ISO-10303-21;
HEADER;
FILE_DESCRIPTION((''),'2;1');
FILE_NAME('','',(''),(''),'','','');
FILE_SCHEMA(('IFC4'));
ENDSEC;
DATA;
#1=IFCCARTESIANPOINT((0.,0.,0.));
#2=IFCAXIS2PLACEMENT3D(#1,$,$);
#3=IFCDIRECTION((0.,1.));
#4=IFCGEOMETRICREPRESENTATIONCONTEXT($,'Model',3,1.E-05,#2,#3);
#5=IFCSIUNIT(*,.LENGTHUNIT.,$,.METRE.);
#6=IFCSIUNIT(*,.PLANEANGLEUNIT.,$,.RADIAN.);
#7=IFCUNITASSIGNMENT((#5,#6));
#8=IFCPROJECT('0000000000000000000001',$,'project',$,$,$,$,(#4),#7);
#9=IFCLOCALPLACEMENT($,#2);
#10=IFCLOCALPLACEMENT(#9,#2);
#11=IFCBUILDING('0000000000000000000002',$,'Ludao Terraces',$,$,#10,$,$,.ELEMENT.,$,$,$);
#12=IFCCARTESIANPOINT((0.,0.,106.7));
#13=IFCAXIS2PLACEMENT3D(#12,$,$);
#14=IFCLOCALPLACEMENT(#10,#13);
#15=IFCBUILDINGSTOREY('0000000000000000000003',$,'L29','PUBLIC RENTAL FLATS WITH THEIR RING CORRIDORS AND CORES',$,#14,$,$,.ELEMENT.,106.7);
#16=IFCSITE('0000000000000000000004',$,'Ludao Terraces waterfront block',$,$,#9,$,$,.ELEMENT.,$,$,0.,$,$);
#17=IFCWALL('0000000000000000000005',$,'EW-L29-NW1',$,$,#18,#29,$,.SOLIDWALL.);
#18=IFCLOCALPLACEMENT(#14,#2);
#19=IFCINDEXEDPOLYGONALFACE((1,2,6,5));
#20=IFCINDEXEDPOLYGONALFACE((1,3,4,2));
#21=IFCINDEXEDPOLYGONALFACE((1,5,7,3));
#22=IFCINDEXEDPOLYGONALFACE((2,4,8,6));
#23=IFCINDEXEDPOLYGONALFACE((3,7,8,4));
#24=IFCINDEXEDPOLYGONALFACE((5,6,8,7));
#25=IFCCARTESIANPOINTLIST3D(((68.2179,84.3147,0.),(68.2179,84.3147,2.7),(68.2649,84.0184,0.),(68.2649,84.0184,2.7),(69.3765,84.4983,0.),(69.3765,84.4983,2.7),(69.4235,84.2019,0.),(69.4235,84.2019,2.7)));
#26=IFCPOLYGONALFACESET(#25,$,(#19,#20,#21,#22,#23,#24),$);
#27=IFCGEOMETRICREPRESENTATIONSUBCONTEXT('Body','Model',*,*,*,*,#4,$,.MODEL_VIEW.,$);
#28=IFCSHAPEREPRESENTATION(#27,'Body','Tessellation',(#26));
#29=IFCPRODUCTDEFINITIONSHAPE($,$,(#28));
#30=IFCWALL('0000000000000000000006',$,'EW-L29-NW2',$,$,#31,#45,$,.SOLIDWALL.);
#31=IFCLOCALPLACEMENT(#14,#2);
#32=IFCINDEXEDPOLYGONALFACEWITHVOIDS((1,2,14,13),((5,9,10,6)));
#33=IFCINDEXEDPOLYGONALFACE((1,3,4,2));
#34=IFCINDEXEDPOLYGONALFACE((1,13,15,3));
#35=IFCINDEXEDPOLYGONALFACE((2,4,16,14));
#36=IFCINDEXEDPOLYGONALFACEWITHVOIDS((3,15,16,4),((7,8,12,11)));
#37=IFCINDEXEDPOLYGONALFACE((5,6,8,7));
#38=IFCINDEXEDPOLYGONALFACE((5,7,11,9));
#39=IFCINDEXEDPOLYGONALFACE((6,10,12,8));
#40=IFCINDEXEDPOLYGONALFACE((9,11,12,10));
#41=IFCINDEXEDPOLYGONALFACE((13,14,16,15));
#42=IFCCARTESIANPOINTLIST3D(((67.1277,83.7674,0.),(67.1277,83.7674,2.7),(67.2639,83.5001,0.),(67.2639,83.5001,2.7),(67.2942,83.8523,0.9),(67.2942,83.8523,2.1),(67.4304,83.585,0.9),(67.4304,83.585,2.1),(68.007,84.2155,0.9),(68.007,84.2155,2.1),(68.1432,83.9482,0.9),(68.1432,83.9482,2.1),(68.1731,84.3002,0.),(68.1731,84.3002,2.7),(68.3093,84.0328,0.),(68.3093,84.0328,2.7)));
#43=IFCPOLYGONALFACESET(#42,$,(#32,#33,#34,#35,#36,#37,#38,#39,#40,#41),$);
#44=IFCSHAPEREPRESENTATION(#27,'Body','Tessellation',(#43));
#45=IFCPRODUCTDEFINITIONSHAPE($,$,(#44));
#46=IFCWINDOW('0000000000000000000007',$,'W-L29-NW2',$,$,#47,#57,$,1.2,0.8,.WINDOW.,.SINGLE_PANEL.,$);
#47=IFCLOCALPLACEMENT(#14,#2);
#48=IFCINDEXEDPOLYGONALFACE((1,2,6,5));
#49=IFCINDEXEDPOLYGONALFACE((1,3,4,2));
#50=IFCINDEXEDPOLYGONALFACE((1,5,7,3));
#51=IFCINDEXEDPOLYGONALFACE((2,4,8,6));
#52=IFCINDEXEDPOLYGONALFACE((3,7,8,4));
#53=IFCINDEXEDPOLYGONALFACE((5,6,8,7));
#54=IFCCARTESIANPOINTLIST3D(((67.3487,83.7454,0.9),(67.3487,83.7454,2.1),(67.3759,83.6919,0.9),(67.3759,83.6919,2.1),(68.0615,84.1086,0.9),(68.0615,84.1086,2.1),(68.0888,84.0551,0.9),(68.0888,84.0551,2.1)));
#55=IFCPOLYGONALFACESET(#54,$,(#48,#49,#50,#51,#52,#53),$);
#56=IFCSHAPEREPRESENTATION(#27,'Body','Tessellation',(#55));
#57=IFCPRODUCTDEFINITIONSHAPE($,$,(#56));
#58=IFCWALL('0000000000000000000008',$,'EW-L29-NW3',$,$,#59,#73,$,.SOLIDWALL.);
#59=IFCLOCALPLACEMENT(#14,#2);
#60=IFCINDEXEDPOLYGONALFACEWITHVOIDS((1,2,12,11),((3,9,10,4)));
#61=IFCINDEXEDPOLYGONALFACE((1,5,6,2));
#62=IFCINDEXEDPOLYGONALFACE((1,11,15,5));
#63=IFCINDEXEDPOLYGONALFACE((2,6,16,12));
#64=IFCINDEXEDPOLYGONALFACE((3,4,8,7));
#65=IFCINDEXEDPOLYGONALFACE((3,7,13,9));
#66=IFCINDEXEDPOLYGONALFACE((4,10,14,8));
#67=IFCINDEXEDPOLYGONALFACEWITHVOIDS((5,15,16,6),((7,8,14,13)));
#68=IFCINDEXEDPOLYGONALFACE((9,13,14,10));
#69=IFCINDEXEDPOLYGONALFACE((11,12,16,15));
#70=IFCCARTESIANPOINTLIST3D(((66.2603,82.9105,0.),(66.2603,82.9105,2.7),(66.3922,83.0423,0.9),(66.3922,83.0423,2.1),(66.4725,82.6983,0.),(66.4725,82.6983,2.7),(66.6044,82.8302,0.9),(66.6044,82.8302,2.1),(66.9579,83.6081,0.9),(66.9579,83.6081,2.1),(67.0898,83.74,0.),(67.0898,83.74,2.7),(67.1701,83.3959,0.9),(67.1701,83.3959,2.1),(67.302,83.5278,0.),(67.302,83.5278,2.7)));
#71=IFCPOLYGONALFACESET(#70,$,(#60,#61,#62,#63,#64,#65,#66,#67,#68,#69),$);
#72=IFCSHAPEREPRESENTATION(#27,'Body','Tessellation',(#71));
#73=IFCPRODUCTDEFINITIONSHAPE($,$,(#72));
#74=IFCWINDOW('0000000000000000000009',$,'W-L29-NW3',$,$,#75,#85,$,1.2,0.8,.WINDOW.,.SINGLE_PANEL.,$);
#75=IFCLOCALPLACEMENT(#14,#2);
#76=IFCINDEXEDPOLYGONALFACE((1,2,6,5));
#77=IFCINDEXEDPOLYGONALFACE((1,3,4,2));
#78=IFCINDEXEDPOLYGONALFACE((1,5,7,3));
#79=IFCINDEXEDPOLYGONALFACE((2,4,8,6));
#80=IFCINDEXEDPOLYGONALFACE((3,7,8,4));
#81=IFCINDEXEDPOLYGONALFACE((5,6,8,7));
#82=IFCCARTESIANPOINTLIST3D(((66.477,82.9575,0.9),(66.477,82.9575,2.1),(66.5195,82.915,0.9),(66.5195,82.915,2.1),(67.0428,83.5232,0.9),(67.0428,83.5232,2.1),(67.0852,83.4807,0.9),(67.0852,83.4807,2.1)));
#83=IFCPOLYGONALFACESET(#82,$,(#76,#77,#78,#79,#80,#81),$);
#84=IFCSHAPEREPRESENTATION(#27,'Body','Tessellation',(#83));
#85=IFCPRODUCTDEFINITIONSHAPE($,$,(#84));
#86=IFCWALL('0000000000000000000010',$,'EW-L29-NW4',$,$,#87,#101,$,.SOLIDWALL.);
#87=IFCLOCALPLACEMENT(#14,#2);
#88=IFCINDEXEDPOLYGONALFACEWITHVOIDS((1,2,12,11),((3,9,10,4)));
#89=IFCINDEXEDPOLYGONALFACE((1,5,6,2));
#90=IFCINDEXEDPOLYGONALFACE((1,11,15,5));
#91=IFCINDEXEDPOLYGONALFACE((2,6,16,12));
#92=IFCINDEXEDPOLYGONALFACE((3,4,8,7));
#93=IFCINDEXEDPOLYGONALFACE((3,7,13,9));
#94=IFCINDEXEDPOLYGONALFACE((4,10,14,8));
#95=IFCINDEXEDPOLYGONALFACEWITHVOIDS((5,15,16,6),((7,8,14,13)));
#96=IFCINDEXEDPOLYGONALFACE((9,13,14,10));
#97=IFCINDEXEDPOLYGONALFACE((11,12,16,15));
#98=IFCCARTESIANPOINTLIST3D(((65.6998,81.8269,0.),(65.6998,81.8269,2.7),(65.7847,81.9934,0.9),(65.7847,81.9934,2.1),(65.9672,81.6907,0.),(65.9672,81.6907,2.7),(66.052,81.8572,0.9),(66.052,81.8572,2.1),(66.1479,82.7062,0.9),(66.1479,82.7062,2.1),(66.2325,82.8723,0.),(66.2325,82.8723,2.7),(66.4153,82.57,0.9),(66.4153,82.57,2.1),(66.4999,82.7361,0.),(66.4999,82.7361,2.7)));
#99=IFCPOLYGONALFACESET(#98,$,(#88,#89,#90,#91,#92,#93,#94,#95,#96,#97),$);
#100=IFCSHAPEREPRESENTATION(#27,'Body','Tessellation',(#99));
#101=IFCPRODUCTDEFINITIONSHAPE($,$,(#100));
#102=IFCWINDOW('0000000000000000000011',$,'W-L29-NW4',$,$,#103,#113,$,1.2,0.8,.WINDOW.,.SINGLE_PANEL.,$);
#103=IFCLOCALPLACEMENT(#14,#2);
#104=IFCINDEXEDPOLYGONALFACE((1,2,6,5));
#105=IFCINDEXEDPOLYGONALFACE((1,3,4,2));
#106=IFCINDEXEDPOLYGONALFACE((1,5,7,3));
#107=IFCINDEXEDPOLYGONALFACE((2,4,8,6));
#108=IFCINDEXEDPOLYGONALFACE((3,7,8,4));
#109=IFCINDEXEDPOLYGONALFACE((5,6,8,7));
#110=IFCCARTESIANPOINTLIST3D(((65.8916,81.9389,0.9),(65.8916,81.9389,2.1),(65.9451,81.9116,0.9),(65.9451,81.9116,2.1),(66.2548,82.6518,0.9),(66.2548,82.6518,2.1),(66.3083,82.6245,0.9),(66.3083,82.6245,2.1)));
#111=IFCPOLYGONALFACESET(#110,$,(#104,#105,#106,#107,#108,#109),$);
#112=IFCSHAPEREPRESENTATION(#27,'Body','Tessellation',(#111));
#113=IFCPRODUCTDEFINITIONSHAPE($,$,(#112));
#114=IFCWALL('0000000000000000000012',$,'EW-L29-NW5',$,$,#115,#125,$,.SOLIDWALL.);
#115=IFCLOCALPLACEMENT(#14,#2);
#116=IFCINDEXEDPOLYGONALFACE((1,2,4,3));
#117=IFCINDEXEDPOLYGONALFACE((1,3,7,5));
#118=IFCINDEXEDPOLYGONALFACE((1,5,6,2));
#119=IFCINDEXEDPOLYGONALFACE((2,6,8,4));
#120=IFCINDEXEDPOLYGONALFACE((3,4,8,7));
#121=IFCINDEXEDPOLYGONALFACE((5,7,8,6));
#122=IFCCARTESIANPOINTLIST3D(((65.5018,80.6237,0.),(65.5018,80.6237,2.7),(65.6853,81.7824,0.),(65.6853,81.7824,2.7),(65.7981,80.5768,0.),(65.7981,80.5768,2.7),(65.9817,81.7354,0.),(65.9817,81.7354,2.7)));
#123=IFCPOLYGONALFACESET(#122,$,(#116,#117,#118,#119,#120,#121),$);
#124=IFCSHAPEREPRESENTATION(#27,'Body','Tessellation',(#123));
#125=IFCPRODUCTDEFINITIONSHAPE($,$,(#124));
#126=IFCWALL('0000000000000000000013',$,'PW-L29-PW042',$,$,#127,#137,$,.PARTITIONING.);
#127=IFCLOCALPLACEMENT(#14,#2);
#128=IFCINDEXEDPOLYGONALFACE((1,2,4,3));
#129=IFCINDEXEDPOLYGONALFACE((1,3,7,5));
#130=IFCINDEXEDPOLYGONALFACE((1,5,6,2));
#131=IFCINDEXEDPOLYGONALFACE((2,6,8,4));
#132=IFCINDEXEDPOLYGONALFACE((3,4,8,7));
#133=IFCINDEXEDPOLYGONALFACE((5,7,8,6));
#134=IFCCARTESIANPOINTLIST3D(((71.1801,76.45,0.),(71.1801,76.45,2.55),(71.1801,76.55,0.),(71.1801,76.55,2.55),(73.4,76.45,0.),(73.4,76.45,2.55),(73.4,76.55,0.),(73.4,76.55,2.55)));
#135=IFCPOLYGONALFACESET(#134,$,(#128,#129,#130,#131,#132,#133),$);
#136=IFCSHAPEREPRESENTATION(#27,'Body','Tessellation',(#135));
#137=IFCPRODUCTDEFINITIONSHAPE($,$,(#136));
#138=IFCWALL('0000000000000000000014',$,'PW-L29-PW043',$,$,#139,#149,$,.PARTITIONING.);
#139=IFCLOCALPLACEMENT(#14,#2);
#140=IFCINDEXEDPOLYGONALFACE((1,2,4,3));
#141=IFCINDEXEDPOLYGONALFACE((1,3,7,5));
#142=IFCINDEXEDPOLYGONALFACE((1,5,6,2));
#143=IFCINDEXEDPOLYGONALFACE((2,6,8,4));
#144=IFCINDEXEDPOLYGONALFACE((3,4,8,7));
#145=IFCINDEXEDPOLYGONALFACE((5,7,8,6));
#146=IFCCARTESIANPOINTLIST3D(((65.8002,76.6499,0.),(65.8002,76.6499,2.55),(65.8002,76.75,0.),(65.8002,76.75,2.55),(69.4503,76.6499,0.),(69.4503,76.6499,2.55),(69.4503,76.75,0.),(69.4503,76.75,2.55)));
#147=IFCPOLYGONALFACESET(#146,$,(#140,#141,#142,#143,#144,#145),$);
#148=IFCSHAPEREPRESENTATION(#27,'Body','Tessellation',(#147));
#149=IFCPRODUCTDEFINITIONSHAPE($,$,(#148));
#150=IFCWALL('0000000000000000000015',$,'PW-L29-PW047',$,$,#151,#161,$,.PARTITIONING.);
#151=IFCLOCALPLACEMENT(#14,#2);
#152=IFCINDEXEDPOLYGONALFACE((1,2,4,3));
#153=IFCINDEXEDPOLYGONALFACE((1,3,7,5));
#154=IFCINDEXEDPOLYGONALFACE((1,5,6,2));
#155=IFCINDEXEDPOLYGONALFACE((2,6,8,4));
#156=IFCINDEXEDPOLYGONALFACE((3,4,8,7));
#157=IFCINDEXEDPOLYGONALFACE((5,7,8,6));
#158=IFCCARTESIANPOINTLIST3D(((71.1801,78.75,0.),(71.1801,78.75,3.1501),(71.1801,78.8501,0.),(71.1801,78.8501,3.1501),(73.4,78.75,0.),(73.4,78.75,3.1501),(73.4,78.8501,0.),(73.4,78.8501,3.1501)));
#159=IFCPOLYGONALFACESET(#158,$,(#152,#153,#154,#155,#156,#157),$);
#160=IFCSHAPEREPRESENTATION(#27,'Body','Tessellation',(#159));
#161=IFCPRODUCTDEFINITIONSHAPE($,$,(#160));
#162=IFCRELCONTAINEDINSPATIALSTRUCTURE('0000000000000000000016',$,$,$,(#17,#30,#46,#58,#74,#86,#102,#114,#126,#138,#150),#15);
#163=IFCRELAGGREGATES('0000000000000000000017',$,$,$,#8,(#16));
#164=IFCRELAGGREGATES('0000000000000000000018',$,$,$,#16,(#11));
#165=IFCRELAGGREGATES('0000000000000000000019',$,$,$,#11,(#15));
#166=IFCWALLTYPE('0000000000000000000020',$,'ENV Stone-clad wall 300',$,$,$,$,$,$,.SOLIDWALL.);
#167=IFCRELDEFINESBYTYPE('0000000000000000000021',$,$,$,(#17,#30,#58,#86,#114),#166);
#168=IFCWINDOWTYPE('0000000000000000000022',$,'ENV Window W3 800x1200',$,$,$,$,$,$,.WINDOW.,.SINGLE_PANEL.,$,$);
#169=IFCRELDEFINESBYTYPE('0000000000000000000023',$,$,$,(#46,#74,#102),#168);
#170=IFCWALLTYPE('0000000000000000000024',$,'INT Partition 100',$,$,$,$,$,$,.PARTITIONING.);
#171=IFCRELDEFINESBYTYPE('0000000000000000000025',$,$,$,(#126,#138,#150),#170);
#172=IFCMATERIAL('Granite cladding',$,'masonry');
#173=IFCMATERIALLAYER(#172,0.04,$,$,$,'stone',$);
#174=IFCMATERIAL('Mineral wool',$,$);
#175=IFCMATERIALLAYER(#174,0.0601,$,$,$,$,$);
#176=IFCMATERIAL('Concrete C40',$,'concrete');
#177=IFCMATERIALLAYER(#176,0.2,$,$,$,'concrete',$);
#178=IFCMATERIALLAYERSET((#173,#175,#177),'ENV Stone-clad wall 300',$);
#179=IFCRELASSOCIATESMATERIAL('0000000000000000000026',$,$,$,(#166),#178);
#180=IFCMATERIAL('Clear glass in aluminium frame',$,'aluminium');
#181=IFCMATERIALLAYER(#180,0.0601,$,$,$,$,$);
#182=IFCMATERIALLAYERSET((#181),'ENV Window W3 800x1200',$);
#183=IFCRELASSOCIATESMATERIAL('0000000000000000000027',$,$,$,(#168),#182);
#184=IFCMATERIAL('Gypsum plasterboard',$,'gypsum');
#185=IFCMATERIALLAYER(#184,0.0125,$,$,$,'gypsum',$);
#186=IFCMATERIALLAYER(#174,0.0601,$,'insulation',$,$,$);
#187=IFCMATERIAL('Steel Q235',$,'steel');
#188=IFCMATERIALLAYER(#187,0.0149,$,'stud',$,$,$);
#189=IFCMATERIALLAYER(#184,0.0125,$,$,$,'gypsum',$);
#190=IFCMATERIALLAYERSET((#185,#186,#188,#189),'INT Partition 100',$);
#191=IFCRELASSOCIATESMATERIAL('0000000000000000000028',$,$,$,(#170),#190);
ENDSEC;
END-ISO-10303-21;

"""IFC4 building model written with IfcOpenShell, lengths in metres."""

from ifc_helpers import new_model, si_unit, direction, frame, frame_2d, origin, place, context, subcontext, project, spatial, rectangle, extrude, material, layer, layer_set, type_object, element, fill, save


model = new_model("IFC4")

# Units and contexts
model_context = context("Model", 3, precision=1e-05, world=origin(), true_north=direction((0.0, 1.0)))
body_context = subcontext(model_context, "Body", "Model", "MODEL_VIEW")
ifc_project = project(units=[si_unit("LENGTHUNIT", "METRE"), si_unit("PLANEANGLEUNIT", "RADIAN")], contexts=[model_context])

# Site, building, storey
site_placement = place(None, origin())
site = spatial("IfcSite", under=ifc_project, at=site_placement, Name="Ludao Terraces waterfront block", CompositionType="ELEMENT", RefElevation=0.0)
building_placement = place(site_placement, origin())
building = spatial("IfcBuilding", under=site, at=building_placement, Name="Ludao Terraces", CompositionType="ELEMENT")
storey_placement = place(building_placement, frame((0.0, 0.0, 106.7)))
storey = spatial("IfcBuildingStorey", under=building, at=storey_placement, Name="L29", Description="PUBLIC RENTAL FLATS WITH THEIR RING CORRIDORS AND CORES", CompositionType="ELEMENT", Elevation=106.7)

# Shared definitions
ifc_material_1 = material(Name="Concrete C40", Category="concrete")

# Shared definitions
ifc_material_2 = material(Name="Granite cladding", Category="masonry")
ifc_layer_1 = layer(ifc_material_2, 0.04, Category="stone")
ifc_material_3 = material(Name="Mineral wool")
ifc_layer_2 = layer(ifc_material_3, 0.0601)
ifc_layer_3 = layer(ifc_material_1, 0.2, Category="concrete")
ifc_layer_set_1 = layer_set([ifc_layer_1, ifc_layer_2, ifc_layer_3], Name="ENV Stone-clad wall 300")
wall_type_1 = type_object("IfcWallType", Name="ENV Stone-clad wall 300", PredefinedType="SOLIDWALL", material=ifc_layer_set_1)
ifc_material_4 = material(Name="Clear glass in aluminium frame", Category="aluminium")

# Wall
wall_1_placement = place(storey_placement, frame((69.3999, 84.3501, 0.0), z_axis=(0.0, 0.0, 1.0), x_axis=(-0.987678, -0.156497, 0.0)))
element("IfcWall", 1, at=wall_1_placement, inside=storey, type_object=wall_type_1, Name="EW-L29-NW1", PredefinedType="SOLIDWALL", context=body_context, shape_type="SweptSolid", body=[
    extrude(rectangle(XDim=1.1731, YDim=0.3, at=frame_2d((0.5864, 0.0))), origin(), (0.0, 0.0, 1.0), 2.7),
])

# Walls, openings, windows
wall_2_placement = place(storey_placement, frame((68.2412, 84.1665, 0.0), z_axis=(0.0, 0.0, 1.0), x_axis=(-0.890989, -0.454026, 0.0)))
wall_2 = element("IfcWall", 2, at=wall_2_placement, inside=storey, type_object=wall_type_1, Name="EW-L29-NW2", PredefinedType="SOLIDWALL", context=body_context, shape_type="SweptSolid", body=[
    extrude(rectangle(XDim=1.1733, YDim=0.3, at=frame_2d((0.5867, 0.0))), origin(), (0.0, 0.0, 1.0), 2.7),
])
opening_1_placement = place(wall_2_placement, frame((0.1865, 0.0, 0.8999)))
opening_1 = element("IfcOpeningElement", 3, at=opening_1_placement, cuts=wall_2, PredefinedType="OPENING", context=body_context, shape_type="SweptSolid", body=[
    extrude(rectangle(XDim=0.8, YDim=1.2, at=frame_2d((0.3999, 0.6001))), frame((0.0, 0.1602, 0.0), z_axis=(0.0, -1.0, 0.0), x_axis=(1.0, 0.0, 0.0)), (0.0, 0.0, 1.0), 0.3201),
])
ifc_layer_4 = layer(ifc_material_4, 0.0601)
ifc_layer_set_2 = layer_set([ifc_layer_4], Name="ENV Window W3 800x1200")
window_type_1 = type_object("IfcWindowType", Name="ENV Window W3 800x1200", PartitioningType="SINGLE_PANEL", PredefinedType="WINDOW", material=ifc_layer_set_2)
window_1_placement = place(opening_1_placement, origin())
window_1 = element("IfcWindow", 4, at=window_1_placement, inside=storey, type_object=window_type_1, Name="W-L29-NW2", OverallHeight=1.2, OverallWidth=0.8, PartitioningType="SINGLE_PANEL", PredefinedType="WINDOW", context=body_context, shape_type="SweptSolid", body=[
    extrude(rectangle(XDim=0.8, YDim=1.2, at=frame_2d((0.3999, 0.6001))), frame((0.0, 0.03, 0.0), z_axis=(0.0, -1.0, 0.0), x_axis=(1.0, 0.0, 0.0)), (0.0, 0.0, 1.0), 0.0601),
])
fill(opening_1, window_1)
wall_3_placement = place(storey_placement, frame((67.1958, 83.6338, 0.0), z_axis=(0.0, 0.0, 1.0), x_axis=(-0.707107, -0.707107, 0.0)))
wall_3 = element("IfcWall", 5, at=wall_3_placement, inside=storey, type_object=wall_type_1, Name="EW-L29-NW3", PredefinedType="SOLIDWALL", context=body_context, shape_type="SweptSolid", body=[
    extrude(rectangle(XDim=1.1731, YDim=0.3, at=frame_2d((0.5864, 0.0))), origin(), (0.0, 0.0, 1.0), 2.7),
])
opening_2_placement = place(wall_3_placement, frame((0.1865, 0.0, 0.8999)))
opening_2 = element("IfcOpeningElement", 6, at=opening_2_placement, cuts=wall_3, PredefinedType="OPENING", context=body_context, shape_type="SweptSolid", body=[
    extrude(rectangle(XDim=0.8, YDim=1.2, at=frame_2d((0.3999, 0.6001))), frame((0.0, 0.1602, 0.0), z_axis=(0.0, -1.0, 0.0), x_axis=(1.0, 0.0, 0.0)), (0.0, 0.0, 1.0), 0.3201),
])
window_2_placement = place(opening_2_placement, origin())
window_2 = element("IfcWindow", 7, at=window_2_placement, inside=storey, type_object=window_type_1, Name="W-L29-NW3", OverallHeight=1.2, OverallWidth=0.8, PartitioningType="SINGLE_PANEL", PredefinedType="WINDOW", context=body_context, shape_type="SweptSolid", body=[
    extrude(rectangle(XDim=0.8, YDim=1.2, at=frame_2d((0.3999, 0.6001))), frame((0.0, 0.03, 0.0), z_axis=(0.0, -1.0, 0.0), x_axis=(1.0, 0.0, 0.0)), (0.0, 0.0, 1.0), 0.0601),
])
fill(opening_2, window_2)
wall_4_placement = place(storey_placement, frame((66.3662, 82.8042, 0.0), z_axis=(0.0, 0.0, 1.0), x_axis=(-0.454026, -0.890989, 0.0)))
wall_4 = element("IfcWall", 8, at=wall_4_placement, inside=storey, type_object=wall_type_1, Name="EW-L29-NW4", PredefinedType="SOLIDWALL", context=body_context, shape_type="SweptSolid", body=[
    extrude(rectangle(XDim=1.1733, YDim=0.3, at=frame_2d((0.5867, 0.0))), origin(), (0.0, 0.0, 1.0), 2.7),
])
opening_3_placement = place(wall_4_placement, frame((0.1865, 0.0, 0.8999)))
opening_3 = element("IfcOpeningElement", 9, at=opening_3_placement, cuts=wall_4, PredefinedType="OPENING", context=body_context, shape_type="SweptSolid", body=[
    extrude(rectangle(XDim=0.8, YDim=1.2, at=frame_2d((0.3999, 0.6001))), frame((0.0, 0.1602, 0.0), z_axis=(0.0, -1.0, 0.0), x_axis=(1.0, 0.0, 0.0)), (0.0, 0.0, 1.0), 0.3201),
])
window_3_placement = place(opening_3_placement, origin())
window_3 = element("IfcWindow", 10, at=window_3_placement, inside=storey, type_object=window_type_1, Name="W-L29-NW4", OverallHeight=1.2, OverallWidth=0.8, PartitioningType="SINGLE_PANEL", PredefinedType="WINDOW", context=body_context, shape_type="SweptSolid", body=[
    extrude(rectangle(XDim=0.8, YDim=1.2, at=frame_2d((0.3999, 0.6001))), frame((0.0, 0.03, 0.0), z_axis=(0.0, -1.0, 0.0), x_axis=(1.0, 0.0, 0.0)), (0.0, 0.0, 1.0), 0.0601),
])
fill(opening_3, window_3)

# Walls
wall_5_placement = place(storey_placement, frame((65.8335, 81.7588, 0.0), z_axis=(0.0, 0.0, 1.0), x_axis=(-0.156497, -0.987678, 0.0)))
element("IfcWall", 11, at=wall_5_placement, inside=storey, type_object=wall_type_1, Name="EW-L29-NW5", PredefinedType="SOLIDWALL", context=body_context, shape_type="SweptSolid", body=[
    extrude(rectangle(XDim=1.1731, YDim=0.3, at=frame_2d((0.5864, 0.0))), origin(), (0.0, 0.0, 1.0), 2.7),
])
ifc_material_5 = material(Name="Gypsum plasterboard", Category="gypsum")
ifc_layer_5 = layer(ifc_material_5, 0.0125, Category="gypsum")
ifc_layer_6 = layer(ifc_material_3, 0.0601, Name="insulation")
ifc_material_6 = material(Name="Steel Q235", Category="steel")
ifc_layer_7 = layer(ifc_material_6, 0.0149, Name="stud")
ifc_layer_8 = layer(ifc_material_5, 0.0125, Category="gypsum")
ifc_layer_set_3 = layer_set([ifc_layer_5, ifc_layer_6, ifc_layer_7, ifc_layer_8], Name="INT Partition 100")
wall_type_2 = type_object("IfcWallType", Name="INT Partition 100", PredefinedType="PARTITIONING", material=ifc_layer_set_3)
wall_6_placement = place(storey_placement, frame((71.1802, 76.5, 0.0), z_axis=(0.0, 0.0, 1.0), x_axis=(1.0, 0.0, 0.0)))
element("IfcWall", 12, at=wall_6_placement, inside=storey, type_object=wall_type_2, Name="PW-L29-PW042", PredefinedType="PARTITIONING", context=body_context, shape_type="SweptSolid", body=[
    extrude(rectangle(XDim=2.22, YDim=0.1001, at=frame_2d((1.1099, 0.0))), origin(), (0.0, 0.0, 1.0), 2.55),
])
wall_7_placement = place(storey_placement, frame((65.8, 76.7, 0.0), z_axis=(0.0, 0.0, 1.0), x_axis=(1.0, 0.0, 0.0)))
element("IfcWall", 13, at=wall_7_placement, inside=storey, type_object=wall_type_2, Name="PW-L29-PW043", PredefinedType="PARTITIONING", context=body_context, shape_type="SweptSolid", body=[
    extrude(rectangle(XDim=3.6501, YDim=0.1001, at=frame_2d((1.8252, 0.0))), origin(), (0.0, 0.0, 1.0), 2.55),
])
wall_8_placement = place(storey_placement, frame((71.1802, 78.8, 0.0), z_axis=(0.0, 0.0, 1.0), x_axis=(1.0, 0.0, 0.0)))
element("IfcWall", 14, at=wall_8_placement, inside=storey, type_object=wall_type_2, Name="PW-L29-PW047", PredefinedType="PARTITIONING", context=body_context, shape_type="SweptSolid", body=[
    extrude(rectangle(XDim=2.22, YDim=0.1001, at=frame_2d((1.1099, 0.0))), origin(), (0.0, 0.0, 1.0), 3.1501),
])

save(model, "model.ifc")
